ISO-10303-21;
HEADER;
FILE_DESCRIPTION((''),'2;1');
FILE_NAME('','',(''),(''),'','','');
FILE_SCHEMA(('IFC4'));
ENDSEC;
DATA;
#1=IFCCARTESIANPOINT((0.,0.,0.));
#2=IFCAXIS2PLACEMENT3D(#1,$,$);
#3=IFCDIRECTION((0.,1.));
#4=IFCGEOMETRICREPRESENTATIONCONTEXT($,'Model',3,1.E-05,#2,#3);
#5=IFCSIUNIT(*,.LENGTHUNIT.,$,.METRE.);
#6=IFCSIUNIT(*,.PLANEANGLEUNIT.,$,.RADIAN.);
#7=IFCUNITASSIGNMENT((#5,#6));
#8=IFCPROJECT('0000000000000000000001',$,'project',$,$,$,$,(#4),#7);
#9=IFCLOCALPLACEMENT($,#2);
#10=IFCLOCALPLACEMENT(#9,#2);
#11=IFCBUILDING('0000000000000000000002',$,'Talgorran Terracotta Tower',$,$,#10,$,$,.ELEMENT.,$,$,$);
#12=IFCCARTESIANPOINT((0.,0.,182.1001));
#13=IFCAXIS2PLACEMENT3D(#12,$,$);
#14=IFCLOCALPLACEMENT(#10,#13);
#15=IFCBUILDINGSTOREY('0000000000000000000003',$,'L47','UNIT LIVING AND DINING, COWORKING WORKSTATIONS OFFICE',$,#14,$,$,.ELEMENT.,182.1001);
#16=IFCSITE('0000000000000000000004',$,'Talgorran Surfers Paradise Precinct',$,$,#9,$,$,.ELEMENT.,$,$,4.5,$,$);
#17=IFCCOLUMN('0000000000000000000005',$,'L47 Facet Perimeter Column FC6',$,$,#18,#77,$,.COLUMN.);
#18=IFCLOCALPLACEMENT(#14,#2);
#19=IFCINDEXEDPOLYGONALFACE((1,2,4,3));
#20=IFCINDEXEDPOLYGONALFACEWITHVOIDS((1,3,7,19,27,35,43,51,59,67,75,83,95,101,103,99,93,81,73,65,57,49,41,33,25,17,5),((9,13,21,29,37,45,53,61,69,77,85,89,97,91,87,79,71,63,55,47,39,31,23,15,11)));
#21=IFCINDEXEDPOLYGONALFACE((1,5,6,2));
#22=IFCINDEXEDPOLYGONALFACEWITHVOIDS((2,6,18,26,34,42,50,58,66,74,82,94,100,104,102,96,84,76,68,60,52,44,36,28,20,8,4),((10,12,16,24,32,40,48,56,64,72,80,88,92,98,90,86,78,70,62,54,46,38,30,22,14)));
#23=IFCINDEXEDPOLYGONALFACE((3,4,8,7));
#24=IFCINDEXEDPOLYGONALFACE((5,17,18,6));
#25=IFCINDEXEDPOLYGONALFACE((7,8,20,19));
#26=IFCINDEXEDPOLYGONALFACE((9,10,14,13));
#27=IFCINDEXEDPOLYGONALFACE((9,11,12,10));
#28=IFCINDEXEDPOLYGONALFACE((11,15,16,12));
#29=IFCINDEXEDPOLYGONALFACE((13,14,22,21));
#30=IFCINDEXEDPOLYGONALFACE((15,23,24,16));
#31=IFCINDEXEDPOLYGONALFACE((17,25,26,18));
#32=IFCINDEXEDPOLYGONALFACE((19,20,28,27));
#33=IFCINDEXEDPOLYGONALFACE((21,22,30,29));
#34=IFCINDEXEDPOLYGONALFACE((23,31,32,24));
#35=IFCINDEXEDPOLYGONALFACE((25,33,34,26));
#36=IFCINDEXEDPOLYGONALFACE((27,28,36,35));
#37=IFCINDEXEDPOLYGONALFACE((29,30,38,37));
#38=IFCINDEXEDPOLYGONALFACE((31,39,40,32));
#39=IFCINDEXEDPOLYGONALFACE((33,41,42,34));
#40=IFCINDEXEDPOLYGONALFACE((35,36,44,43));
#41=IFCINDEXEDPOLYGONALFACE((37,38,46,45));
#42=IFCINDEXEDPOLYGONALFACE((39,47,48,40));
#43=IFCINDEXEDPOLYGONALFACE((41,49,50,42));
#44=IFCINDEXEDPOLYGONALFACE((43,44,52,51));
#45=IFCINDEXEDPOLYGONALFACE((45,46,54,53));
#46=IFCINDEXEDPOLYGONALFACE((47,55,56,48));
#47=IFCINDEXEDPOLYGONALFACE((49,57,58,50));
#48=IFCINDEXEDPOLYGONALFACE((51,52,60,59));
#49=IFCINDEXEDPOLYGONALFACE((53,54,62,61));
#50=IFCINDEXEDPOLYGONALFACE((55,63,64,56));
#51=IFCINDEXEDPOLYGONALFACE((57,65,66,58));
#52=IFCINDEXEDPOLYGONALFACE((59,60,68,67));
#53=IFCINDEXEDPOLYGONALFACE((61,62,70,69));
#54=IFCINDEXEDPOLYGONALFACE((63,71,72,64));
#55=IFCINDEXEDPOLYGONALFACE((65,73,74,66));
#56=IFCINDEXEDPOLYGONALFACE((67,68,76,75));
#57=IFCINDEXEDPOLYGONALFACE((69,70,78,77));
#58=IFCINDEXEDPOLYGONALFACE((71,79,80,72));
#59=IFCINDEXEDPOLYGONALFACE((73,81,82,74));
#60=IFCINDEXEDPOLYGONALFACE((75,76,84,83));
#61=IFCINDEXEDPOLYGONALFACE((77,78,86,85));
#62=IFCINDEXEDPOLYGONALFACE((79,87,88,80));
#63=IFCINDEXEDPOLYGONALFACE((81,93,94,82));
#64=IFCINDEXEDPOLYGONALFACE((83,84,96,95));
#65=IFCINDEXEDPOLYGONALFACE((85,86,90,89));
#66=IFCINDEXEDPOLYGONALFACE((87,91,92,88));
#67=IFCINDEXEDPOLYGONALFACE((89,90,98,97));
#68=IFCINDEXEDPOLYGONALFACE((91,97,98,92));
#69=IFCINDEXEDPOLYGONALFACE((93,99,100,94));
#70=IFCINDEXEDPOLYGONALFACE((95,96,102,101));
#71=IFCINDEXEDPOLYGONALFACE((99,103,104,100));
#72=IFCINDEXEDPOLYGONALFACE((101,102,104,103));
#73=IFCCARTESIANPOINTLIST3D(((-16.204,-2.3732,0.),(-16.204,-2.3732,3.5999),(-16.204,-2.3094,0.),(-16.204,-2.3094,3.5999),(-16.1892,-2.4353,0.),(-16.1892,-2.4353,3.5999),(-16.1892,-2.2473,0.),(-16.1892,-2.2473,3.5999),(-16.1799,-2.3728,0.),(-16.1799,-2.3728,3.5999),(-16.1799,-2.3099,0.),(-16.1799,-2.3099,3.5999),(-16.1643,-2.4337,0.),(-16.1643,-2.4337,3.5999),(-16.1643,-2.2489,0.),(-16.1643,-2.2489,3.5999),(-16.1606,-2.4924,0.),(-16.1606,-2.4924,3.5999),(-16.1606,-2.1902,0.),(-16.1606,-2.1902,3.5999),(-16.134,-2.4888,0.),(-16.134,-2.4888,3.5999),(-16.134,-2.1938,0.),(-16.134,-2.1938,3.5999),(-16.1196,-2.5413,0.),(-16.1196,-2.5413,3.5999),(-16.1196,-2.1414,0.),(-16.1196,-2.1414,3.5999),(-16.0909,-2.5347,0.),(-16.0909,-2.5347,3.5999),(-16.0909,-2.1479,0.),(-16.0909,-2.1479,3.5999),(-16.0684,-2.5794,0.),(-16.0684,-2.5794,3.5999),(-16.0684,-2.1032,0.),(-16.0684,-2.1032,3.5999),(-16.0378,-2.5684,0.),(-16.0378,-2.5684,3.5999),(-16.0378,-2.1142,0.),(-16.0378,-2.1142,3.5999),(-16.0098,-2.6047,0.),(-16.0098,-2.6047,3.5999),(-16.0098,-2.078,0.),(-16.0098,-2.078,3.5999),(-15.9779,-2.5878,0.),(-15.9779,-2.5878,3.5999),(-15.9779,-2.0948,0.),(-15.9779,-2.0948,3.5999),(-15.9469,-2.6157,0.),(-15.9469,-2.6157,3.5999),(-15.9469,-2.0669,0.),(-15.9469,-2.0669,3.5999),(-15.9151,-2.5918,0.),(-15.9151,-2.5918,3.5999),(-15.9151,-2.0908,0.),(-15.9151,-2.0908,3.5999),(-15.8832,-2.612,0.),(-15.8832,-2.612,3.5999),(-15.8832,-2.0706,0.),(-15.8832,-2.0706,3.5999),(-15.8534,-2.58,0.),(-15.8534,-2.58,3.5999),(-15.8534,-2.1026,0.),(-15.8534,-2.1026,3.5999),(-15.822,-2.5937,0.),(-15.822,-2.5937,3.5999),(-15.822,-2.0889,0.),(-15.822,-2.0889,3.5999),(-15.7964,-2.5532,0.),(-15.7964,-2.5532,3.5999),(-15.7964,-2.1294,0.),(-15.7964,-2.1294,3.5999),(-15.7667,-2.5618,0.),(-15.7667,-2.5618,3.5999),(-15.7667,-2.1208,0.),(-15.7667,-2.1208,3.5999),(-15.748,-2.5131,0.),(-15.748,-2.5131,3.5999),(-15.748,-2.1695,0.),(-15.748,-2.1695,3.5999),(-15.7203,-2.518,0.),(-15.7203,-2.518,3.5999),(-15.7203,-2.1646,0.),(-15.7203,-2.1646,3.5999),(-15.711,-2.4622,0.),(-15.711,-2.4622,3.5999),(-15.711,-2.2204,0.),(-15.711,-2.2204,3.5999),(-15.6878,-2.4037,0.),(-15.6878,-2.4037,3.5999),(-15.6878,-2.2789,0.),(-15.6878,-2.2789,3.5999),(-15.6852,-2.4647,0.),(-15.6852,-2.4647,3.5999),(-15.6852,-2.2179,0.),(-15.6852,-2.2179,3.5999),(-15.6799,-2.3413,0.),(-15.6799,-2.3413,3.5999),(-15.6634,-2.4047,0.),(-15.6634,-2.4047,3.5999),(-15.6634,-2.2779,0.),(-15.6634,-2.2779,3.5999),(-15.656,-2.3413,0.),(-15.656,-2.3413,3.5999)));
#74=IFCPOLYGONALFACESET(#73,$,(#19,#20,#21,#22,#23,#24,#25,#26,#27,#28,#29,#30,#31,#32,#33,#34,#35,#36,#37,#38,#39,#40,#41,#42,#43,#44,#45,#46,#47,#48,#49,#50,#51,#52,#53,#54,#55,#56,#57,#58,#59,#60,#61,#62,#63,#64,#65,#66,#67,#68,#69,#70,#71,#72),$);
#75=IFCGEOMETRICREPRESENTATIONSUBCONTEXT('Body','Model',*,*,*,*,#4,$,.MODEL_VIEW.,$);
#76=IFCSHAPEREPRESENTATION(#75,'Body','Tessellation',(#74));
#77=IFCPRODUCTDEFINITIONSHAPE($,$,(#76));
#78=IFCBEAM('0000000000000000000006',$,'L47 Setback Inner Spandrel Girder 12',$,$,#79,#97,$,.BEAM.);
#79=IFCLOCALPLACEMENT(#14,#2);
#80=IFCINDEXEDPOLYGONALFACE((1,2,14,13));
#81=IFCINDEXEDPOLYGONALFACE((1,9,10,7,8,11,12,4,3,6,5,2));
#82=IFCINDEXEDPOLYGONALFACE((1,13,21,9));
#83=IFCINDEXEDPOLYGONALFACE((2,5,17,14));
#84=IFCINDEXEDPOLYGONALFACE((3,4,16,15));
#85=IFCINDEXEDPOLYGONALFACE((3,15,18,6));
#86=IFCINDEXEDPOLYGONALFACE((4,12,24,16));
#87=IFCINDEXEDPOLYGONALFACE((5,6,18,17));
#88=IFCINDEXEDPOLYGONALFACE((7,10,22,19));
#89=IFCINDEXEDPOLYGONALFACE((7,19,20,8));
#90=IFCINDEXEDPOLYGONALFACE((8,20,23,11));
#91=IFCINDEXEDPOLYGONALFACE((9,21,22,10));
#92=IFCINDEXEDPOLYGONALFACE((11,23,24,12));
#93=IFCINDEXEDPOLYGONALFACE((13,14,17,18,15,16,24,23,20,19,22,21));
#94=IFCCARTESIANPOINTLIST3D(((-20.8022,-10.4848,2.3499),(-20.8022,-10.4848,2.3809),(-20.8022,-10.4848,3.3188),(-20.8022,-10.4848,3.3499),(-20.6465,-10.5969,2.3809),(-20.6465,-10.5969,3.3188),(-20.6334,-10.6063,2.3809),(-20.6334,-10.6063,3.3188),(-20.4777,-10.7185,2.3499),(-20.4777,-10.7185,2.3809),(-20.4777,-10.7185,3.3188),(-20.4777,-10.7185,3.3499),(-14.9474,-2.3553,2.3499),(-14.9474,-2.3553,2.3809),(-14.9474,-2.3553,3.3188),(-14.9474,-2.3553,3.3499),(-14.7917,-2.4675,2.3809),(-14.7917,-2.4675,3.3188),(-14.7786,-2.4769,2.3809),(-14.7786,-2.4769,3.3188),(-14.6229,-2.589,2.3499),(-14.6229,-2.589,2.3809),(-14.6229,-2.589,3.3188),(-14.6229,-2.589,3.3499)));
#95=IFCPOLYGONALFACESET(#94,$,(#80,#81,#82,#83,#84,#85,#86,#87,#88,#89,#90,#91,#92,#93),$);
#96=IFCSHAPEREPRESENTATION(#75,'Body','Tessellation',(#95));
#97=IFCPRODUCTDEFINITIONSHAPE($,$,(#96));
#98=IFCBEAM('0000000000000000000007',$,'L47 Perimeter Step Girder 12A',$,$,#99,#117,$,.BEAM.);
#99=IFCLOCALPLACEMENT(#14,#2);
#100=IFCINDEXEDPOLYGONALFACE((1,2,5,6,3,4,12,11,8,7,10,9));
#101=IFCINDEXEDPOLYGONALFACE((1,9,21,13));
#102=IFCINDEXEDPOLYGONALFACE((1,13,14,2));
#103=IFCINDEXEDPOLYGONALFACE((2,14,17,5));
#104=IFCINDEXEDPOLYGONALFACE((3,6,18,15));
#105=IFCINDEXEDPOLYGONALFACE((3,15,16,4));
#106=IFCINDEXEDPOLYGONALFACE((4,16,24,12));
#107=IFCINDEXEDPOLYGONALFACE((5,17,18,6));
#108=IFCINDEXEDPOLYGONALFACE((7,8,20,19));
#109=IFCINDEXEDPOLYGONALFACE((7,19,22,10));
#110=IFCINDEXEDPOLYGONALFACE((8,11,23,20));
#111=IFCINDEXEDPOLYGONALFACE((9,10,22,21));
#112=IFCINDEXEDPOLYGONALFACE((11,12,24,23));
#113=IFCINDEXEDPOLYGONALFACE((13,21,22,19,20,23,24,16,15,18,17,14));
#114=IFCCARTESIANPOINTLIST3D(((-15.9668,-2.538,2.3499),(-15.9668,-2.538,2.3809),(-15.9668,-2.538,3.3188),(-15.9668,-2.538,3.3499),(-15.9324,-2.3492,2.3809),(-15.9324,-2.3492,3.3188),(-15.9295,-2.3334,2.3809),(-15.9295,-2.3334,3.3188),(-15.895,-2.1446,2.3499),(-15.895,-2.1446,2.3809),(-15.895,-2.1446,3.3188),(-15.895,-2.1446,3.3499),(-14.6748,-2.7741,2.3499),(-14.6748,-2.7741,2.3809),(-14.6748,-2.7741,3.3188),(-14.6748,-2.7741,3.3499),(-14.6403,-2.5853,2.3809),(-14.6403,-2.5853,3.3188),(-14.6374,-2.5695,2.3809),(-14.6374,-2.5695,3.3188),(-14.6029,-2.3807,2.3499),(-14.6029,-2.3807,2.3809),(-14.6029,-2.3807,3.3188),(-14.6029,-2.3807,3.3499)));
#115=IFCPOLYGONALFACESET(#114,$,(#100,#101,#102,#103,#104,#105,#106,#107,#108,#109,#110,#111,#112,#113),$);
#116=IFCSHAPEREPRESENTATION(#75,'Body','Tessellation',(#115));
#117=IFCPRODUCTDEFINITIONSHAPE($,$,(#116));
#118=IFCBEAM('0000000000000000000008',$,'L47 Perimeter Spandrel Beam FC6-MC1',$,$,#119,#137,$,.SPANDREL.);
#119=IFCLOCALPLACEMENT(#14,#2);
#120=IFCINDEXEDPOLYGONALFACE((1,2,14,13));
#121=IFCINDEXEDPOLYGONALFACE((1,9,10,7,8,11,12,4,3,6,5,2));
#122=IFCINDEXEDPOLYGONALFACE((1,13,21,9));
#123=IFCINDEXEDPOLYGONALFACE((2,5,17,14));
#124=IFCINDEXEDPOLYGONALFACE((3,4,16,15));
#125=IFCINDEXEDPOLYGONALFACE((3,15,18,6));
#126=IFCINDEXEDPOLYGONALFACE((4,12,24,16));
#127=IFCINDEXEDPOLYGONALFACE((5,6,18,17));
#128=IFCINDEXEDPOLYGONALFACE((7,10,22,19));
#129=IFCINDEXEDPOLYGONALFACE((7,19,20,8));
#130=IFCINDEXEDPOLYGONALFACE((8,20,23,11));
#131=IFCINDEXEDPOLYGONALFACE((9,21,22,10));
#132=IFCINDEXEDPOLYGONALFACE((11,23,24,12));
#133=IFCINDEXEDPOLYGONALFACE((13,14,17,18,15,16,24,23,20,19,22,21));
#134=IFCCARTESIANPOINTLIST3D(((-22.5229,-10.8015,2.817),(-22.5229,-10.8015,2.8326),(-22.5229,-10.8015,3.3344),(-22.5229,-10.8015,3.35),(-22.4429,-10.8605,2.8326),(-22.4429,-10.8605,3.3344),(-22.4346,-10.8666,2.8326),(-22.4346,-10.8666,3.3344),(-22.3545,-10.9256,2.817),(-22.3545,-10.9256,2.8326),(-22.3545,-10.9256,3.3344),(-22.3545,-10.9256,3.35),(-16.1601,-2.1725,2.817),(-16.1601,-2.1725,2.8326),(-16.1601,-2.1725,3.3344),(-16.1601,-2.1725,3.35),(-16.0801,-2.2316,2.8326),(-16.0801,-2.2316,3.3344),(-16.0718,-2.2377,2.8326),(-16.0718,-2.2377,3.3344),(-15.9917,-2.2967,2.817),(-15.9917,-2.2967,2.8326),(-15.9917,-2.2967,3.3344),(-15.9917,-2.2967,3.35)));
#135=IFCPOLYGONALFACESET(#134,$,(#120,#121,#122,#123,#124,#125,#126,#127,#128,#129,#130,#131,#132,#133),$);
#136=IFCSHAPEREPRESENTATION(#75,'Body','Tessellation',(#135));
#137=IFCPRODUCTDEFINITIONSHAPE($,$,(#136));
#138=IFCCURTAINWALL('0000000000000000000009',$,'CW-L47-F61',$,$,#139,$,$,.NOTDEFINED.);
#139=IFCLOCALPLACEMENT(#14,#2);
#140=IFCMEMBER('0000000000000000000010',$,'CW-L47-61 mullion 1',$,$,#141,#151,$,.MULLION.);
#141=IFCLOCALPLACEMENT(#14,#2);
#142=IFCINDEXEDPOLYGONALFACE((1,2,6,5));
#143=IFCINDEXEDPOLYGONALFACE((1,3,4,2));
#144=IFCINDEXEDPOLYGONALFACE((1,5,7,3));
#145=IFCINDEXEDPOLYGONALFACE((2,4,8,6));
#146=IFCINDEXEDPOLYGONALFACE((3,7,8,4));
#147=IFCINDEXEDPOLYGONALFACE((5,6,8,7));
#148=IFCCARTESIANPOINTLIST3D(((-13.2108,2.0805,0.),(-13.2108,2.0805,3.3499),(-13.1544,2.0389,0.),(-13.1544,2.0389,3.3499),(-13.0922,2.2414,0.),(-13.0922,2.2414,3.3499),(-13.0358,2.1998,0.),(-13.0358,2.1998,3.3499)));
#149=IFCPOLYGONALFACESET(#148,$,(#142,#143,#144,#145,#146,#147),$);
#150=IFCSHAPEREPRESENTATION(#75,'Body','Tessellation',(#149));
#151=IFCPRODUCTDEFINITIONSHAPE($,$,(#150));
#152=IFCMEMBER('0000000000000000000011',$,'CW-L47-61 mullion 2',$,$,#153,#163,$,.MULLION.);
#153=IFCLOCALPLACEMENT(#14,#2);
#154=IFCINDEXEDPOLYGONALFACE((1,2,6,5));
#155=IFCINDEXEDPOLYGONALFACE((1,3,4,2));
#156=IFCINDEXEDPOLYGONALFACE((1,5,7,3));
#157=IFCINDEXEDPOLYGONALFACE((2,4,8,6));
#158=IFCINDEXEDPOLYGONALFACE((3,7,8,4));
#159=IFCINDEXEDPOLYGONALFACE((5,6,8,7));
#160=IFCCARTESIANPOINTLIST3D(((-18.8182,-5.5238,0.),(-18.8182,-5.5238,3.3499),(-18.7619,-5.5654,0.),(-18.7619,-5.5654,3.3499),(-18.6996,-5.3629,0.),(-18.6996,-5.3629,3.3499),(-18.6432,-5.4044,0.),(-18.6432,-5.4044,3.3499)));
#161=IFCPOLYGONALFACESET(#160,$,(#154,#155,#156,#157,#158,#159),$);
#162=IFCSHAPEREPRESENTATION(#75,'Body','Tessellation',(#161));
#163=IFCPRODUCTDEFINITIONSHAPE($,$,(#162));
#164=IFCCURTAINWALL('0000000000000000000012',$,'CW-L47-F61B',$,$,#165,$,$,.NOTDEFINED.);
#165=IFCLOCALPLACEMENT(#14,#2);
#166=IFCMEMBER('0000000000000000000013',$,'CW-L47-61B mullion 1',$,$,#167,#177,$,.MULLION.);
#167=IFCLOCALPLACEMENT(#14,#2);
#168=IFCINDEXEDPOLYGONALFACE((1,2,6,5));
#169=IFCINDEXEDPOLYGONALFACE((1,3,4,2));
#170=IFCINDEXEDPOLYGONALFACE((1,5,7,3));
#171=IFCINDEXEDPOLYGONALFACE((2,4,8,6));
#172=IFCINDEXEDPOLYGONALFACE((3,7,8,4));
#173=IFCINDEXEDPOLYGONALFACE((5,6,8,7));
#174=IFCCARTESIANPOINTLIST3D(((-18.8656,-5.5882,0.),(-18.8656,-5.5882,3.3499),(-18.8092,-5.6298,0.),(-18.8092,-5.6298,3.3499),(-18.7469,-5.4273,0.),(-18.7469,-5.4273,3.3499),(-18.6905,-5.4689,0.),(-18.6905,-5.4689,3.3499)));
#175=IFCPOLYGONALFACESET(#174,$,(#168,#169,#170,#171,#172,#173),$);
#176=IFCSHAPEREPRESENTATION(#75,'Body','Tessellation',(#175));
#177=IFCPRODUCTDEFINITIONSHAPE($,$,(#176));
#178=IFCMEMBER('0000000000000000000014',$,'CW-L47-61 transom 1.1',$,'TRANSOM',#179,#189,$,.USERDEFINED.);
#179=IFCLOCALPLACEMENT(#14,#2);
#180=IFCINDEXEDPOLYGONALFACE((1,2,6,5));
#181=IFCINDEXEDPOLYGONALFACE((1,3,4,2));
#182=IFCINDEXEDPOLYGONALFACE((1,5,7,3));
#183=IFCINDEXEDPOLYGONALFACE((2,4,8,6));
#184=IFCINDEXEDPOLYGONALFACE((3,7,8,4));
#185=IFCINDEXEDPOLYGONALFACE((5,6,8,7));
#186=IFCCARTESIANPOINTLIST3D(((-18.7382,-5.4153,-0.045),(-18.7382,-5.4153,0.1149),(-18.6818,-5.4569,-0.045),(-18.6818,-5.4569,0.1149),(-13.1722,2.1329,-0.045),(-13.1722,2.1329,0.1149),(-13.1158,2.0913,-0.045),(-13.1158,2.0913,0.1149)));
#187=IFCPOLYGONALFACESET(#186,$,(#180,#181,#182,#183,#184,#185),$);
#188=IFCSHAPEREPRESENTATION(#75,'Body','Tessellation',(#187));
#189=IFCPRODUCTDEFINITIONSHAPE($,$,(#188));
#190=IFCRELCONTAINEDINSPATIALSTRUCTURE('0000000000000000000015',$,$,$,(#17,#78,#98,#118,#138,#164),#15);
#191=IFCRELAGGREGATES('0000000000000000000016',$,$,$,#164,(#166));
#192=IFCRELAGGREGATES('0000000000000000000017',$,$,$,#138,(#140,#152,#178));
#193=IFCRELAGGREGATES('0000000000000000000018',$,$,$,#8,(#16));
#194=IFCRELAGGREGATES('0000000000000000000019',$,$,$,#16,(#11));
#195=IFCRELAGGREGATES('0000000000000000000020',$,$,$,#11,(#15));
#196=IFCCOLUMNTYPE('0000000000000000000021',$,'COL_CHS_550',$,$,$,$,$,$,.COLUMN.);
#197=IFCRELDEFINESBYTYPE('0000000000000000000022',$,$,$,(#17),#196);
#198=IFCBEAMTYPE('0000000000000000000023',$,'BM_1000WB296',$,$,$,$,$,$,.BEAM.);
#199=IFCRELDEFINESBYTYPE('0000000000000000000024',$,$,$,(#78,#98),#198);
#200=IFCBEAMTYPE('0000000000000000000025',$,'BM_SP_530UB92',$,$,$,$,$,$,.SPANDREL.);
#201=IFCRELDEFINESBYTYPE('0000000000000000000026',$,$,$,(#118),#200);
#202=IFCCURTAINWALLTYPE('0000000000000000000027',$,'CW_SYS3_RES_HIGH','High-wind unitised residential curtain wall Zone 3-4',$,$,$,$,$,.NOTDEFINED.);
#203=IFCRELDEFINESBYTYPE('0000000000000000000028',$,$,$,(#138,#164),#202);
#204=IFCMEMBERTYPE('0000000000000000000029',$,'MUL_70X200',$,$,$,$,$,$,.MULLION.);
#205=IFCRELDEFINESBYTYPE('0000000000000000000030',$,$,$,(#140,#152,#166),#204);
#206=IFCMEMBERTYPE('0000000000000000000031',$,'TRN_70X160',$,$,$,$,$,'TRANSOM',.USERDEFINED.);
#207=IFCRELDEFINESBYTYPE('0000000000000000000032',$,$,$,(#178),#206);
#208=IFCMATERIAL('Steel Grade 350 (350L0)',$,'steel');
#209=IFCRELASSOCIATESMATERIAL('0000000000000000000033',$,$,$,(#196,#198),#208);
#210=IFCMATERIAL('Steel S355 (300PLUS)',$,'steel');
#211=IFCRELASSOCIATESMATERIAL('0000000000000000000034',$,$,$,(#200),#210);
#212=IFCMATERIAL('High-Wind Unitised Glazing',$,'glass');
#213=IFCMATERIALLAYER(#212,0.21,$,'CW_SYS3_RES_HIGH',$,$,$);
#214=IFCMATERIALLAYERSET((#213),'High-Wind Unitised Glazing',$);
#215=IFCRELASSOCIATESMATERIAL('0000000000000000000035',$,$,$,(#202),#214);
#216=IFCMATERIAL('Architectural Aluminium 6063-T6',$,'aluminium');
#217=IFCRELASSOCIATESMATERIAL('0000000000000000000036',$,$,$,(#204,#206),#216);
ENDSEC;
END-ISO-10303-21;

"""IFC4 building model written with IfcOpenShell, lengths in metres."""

from ifc_helpers import new_model, si_unit, direction, frame, origin, origin_2d, place, context, subcontext, project, spatial, rectangle, hollow_circle, i_section, extrude, material, layer, layer_set, material_profile, profile_set, type_object, element, aggregate, save


model = new_model("IFC4")

# Units and contexts
model_context = context("Model", 3, precision=1e-05, world=origin(), true_north=direction((0.0, 1.0)))
body_context = subcontext(model_context, "Body", "Model", "MODEL_VIEW")
ifc_project = project(units=[si_unit("LENGTHUNIT", "METRE"), si_unit("PLANEANGLEUNIT", "RADIAN")], contexts=[model_context])

# Site, building, storey
site_placement = place(None, origin())
site = spatial("IfcSite", under=ifc_project, at=site_placement, Name="Talgorran Surfers Paradise Precinct", CompositionType="ELEMENT", RefElevation=4.5)
building_placement = place(site_placement, origin())
building = spatial("IfcBuilding", under=site, at=building_placement, Name="Talgorran Terracotta Tower", CompositionType="ELEMENT")
storey_placement = place(building_placement, frame((0.0, 0.0, 182.1001)))
storey = spatial("IfcBuildingStorey", under=building, at=storey_placement, Name="L47", Description="UNIT LIVING AND DINING, COWORKING WORKSTATIONS OFFICE", CompositionType="ELEMENT", Elevation=182.1001)

# Column
ifc_material_1 = material(Name="Steel Grade 350 (350L0)", Category="steel")
ifc_material_profile_1 = material_profile(ifc_material_1, hollow_circle(Radius=0.2749, WallThickness=0.0239, at=origin_2d()), Name="CHS550X24")
ifc_profile_set_1 = profile_set([ifc_material_profile_1], Name="Steel Grade 350 (350L0)")
column_type = type_object("IfcColumnType", Name="COL_CHS_550", PredefinedType="COLUMN", material=ifc_profile_set_1)
column_placement = place(storey_placement, frame((-15.9309, -2.3413, 0.0), z_axis=(0.0, 0.0, 1.0), x_axis=(1.0, 0.0, 0.0)))
element("IfcColumn", 1, at=column_placement, inside=storey, type_object=column_type, Name="L47 Facet Perimeter Column FC6", PredefinedType="COLUMN", context=body_context, shape_type="SweptSolid", body=[
    extrude(hollow_circle(Radius=0.2749, WallThickness=0.0239, at=origin_2d()), origin(), (0.0, 0.0, 1.0), 3.5999),
])

# Beams
ifc_material_profile_2 = material_profile(ifc_material_1, i_section(OverallWidth=0.3999, OverallDepth=1.0, WebThickness=0.0161, FlangeThickness=0.031, at=origin_2d()), Name="1000WB296")
ifc_profile_set_2 = profile_set([ifc_material_profile_2], Name="Steel Grade 350 (350L0)")
beam_type_1 = type_object("IfcBeamType", Name="BM_1000WB296", PredefinedType="BEAM", material=ifc_profile_set_2)
beam_1_placement = place(storey_placement, frame((-14.7852, -2.4722, 2.8499), z_axis=(-0.584408, -0.81146, 0.0), x_axis=(0.81146, -0.584408, 0.0)))
element("IfcBeam", 2, at=beam_1_placement, inside=storey, type_object=beam_type_1, Name="L47 Setback Inner Spandrel Girder 12", PredefinedType="BEAM", context=body_context, shape_type="SweptSolid", body=[
    extrude(i_section(OverallWidth=0.3999, OverallDepth=1.0, WebThickness=0.0161, FlangeThickness=0.031, at=origin_2d()), origin(), (0.0, 0.0, 1.0), 10.0183),
])
beam_2_placement = place(storey_placement, frame((-15.9309, -2.3413, 2.8499), z_axis=(0.983712, -0.179752, 0.0), x_axis=(0.179752, 0.983712, 0.0)))
element("IfcBeam", 3, at=beam_2_placement, inside=storey, type_object=beam_type_1, Name="L47 Perimeter Step Girder 12A", PredefinedType="BEAM", context=body_context, shape_type="SweptSolid", body=[
    extrude(i_section(OverallWidth=0.3999, OverallDepth=1.0, WebThickness=0.0161, FlangeThickness=0.031, at=origin_2d()), origin(), (0.0, 0.0, 1.0), 1.3135),
])
ifc_material_2 = material(Name="Steel S355 (300PLUS)", Category="steel")
ifc_material_profile_3 = material_profile(ifc_material_2, i_section(OverallWidth=0.2092, OverallDepth=0.533, WebThickness=0.0103, FlangeThickness=0.0156, at=origin_2d()), Name="530UB92.4")
ifc_profile_set_3 = profile_set([ifc_material_profile_3], Name="Steel S355 (300PLUS)")
beam_type_2 = type_object("IfcBeamType", Name="BM_SP_530UB92", PredefinedType="SPANDREL", material=ifc_profile_set_3)
beam_3_placement = place(storey_placement, frame((-16.0759, -2.2346, 3.0835), z_axis=(-0.59348, -0.804849, 0.0), x_axis=(0.804849, -0.59348, 0.0)))
element("IfcBeam", 4, at=beam_3_placement, inside=storey, type_object=beam_type_2, Name="L47 Perimeter Spandrel Beam FC6-MC1", PredefinedType="SPANDREL", context=body_context, shape_type="SweptSolid", body=[
    extrude(i_section(OverallWidth=0.2092, OverallDepth=0.533, WebThickness=0.0103, FlangeThickness=0.0156, at=origin_2d()), origin(), (0.0, 0.0, 1.0), 10.7212),
])

# Curtain wall, members
ifc_material_3 = material(Name="High-Wind Unitised Glazing", Category="glass")
ifc_layer_1 = layer(ifc_material_3, 0.21, Name="CW_SYS3_RES_HIGH")
ifc_layer_set_1 = layer_set([ifc_layer_1], Name="High-Wind Unitised Glazing")
curtain_wall_type = type_object("IfcCurtainWallType", Name="CW_SYS3_RES_HIGH", Description="High-wind unitised residential curtain wall Zone 3-4", PredefinedType="NOTDEFINED", material=ifc_layer_set_1)
curtain_wall_1_placement = place(storey_placement, origin())
curtain_wall_1 = element("IfcCurtainWall", 5, at=curtain_wall_1_placement, inside=storey, type_object=curtain_wall_type, Name="CW-L47-F61", PredefinedType="NOTDEFINED")
ifc_material_4 = material(Name="Architectural Aluminium 6063-T6", Category="aluminium")
ifc_material_profile_4 = material_profile(ifc_material_4, rectangle(XDim=0.0701, YDim=0.2, at=origin_2d()), Name="CWM70X200")
ifc_profile_set_4 = profile_set([ifc_material_profile_4], Name="Architectural Aluminium 6063-T6")
member_type_1 = type_object("IfcMemberType", Name="MUL_70X200", PredefinedType="MULLION", material=ifc_profile_set_4)
member_1_placement = place(storey_placement, frame((-13.1233, 2.1401, 0.0), z_axis=(0.0, 0.0, 1.0), x_axis=(0.804841, -0.59349, 0.0)))
member_1 = element("IfcMember", 6, at=member_1_placement, type_object=member_type_1, Name="CW-L47-61 mullion 1", PredefinedType="MULLION", context=body_context, shape_type="SweptSolid", body=[
    extrude(rectangle(XDim=0.0701, YDim=0.2, at=origin_2d()), origin(), (0.0, 0.0, 1.0), 3.3499),
])
member_2_placement = place(storey_placement, frame((-18.7307, -5.4641, 0.0), z_axis=(0.0, 0.0, 1.0), x_axis=(0.804841, -0.59349, 0.0)))
member_2 = element("IfcMember", 7, at=member_2_placement, type_object=member_type_1, Name="CW-L47-61 mullion 2", PredefinedType="MULLION", context=body_context, shape_type="SweptSolid", body=[
    extrude(rectangle(XDim=0.0701, YDim=0.2, at=origin_2d()), origin(), (0.0, 0.0, 1.0), 3.3499),
])

# Curtain wall, member
curtain_wall_2_placement = place(storey_placement, origin())
curtain_wall_2 = element("IfcCurtainWall", 8, at=curtain_wall_2_placement, inside=storey, type_object=curtain_wall_type, Name="CW-L47-F61B", PredefinedType="NOTDEFINED")
member_3_placement = place(storey_placement, frame((-18.7781, -5.5286, 0.0), z_axis=(0.0, 0.0, 1.0), x_axis=(0.804843, -0.593488, 0.0)))
member_3 = element("IfcMember", 9, at=member_3_placement, type_object=member_type_1, Name="CW-L47-61B mullion 1", PredefinedType="MULLION", context=body_context, shape_type="SweptSolid", body=[
    extrude(rectangle(XDim=0.0701, YDim=0.2, at=origin_2d()), origin(), (0.0, 0.0, 1.0), 3.3499),
])

# Member
ifc_material_profile_5 = material_profile(ifc_material_4, rectangle(XDim=0.0701, YDim=0.1599, at=origin_2d()), Name="CWT70X160")
ifc_profile_set_5 = profile_set([ifc_material_profile_5], Name="Architectural Aluminium 6063-T6")
member_type_2 = type_object("IfcMemberType", Name="TRN_70X160", ElementType="TRANSOM", PredefinedType="USERDEFINED", material=ifc_profile_set_5)
member_4_placement = place(storey_placement, frame((-13.144, 2.1121, 0.0349), z_axis=(-0.593487, -0.804844, 0.0), x_axis=(0.804844, -0.593487, 0.0)))
member_4 = element("IfcMember", 10, at=member_4_placement, type_object=member_type_2, Name="CW-L47-61 transom 1.1", ObjectType="TRANSOM", PredefinedType="USERDEFINED", context=body_context, shape_type="SweptSolid", body=[
    extrude(rectangle(XDim=0.0701, YDim=0.1599, at=origin_2d()), origin(), (0.0, 0.0, 1.0), 9.3784),
])

aggregate(curtain_wall_2, [member_3])
aggregate(curtain_wall_1, [member_1, member_2, member_4])

save(model, "model.ifc")
